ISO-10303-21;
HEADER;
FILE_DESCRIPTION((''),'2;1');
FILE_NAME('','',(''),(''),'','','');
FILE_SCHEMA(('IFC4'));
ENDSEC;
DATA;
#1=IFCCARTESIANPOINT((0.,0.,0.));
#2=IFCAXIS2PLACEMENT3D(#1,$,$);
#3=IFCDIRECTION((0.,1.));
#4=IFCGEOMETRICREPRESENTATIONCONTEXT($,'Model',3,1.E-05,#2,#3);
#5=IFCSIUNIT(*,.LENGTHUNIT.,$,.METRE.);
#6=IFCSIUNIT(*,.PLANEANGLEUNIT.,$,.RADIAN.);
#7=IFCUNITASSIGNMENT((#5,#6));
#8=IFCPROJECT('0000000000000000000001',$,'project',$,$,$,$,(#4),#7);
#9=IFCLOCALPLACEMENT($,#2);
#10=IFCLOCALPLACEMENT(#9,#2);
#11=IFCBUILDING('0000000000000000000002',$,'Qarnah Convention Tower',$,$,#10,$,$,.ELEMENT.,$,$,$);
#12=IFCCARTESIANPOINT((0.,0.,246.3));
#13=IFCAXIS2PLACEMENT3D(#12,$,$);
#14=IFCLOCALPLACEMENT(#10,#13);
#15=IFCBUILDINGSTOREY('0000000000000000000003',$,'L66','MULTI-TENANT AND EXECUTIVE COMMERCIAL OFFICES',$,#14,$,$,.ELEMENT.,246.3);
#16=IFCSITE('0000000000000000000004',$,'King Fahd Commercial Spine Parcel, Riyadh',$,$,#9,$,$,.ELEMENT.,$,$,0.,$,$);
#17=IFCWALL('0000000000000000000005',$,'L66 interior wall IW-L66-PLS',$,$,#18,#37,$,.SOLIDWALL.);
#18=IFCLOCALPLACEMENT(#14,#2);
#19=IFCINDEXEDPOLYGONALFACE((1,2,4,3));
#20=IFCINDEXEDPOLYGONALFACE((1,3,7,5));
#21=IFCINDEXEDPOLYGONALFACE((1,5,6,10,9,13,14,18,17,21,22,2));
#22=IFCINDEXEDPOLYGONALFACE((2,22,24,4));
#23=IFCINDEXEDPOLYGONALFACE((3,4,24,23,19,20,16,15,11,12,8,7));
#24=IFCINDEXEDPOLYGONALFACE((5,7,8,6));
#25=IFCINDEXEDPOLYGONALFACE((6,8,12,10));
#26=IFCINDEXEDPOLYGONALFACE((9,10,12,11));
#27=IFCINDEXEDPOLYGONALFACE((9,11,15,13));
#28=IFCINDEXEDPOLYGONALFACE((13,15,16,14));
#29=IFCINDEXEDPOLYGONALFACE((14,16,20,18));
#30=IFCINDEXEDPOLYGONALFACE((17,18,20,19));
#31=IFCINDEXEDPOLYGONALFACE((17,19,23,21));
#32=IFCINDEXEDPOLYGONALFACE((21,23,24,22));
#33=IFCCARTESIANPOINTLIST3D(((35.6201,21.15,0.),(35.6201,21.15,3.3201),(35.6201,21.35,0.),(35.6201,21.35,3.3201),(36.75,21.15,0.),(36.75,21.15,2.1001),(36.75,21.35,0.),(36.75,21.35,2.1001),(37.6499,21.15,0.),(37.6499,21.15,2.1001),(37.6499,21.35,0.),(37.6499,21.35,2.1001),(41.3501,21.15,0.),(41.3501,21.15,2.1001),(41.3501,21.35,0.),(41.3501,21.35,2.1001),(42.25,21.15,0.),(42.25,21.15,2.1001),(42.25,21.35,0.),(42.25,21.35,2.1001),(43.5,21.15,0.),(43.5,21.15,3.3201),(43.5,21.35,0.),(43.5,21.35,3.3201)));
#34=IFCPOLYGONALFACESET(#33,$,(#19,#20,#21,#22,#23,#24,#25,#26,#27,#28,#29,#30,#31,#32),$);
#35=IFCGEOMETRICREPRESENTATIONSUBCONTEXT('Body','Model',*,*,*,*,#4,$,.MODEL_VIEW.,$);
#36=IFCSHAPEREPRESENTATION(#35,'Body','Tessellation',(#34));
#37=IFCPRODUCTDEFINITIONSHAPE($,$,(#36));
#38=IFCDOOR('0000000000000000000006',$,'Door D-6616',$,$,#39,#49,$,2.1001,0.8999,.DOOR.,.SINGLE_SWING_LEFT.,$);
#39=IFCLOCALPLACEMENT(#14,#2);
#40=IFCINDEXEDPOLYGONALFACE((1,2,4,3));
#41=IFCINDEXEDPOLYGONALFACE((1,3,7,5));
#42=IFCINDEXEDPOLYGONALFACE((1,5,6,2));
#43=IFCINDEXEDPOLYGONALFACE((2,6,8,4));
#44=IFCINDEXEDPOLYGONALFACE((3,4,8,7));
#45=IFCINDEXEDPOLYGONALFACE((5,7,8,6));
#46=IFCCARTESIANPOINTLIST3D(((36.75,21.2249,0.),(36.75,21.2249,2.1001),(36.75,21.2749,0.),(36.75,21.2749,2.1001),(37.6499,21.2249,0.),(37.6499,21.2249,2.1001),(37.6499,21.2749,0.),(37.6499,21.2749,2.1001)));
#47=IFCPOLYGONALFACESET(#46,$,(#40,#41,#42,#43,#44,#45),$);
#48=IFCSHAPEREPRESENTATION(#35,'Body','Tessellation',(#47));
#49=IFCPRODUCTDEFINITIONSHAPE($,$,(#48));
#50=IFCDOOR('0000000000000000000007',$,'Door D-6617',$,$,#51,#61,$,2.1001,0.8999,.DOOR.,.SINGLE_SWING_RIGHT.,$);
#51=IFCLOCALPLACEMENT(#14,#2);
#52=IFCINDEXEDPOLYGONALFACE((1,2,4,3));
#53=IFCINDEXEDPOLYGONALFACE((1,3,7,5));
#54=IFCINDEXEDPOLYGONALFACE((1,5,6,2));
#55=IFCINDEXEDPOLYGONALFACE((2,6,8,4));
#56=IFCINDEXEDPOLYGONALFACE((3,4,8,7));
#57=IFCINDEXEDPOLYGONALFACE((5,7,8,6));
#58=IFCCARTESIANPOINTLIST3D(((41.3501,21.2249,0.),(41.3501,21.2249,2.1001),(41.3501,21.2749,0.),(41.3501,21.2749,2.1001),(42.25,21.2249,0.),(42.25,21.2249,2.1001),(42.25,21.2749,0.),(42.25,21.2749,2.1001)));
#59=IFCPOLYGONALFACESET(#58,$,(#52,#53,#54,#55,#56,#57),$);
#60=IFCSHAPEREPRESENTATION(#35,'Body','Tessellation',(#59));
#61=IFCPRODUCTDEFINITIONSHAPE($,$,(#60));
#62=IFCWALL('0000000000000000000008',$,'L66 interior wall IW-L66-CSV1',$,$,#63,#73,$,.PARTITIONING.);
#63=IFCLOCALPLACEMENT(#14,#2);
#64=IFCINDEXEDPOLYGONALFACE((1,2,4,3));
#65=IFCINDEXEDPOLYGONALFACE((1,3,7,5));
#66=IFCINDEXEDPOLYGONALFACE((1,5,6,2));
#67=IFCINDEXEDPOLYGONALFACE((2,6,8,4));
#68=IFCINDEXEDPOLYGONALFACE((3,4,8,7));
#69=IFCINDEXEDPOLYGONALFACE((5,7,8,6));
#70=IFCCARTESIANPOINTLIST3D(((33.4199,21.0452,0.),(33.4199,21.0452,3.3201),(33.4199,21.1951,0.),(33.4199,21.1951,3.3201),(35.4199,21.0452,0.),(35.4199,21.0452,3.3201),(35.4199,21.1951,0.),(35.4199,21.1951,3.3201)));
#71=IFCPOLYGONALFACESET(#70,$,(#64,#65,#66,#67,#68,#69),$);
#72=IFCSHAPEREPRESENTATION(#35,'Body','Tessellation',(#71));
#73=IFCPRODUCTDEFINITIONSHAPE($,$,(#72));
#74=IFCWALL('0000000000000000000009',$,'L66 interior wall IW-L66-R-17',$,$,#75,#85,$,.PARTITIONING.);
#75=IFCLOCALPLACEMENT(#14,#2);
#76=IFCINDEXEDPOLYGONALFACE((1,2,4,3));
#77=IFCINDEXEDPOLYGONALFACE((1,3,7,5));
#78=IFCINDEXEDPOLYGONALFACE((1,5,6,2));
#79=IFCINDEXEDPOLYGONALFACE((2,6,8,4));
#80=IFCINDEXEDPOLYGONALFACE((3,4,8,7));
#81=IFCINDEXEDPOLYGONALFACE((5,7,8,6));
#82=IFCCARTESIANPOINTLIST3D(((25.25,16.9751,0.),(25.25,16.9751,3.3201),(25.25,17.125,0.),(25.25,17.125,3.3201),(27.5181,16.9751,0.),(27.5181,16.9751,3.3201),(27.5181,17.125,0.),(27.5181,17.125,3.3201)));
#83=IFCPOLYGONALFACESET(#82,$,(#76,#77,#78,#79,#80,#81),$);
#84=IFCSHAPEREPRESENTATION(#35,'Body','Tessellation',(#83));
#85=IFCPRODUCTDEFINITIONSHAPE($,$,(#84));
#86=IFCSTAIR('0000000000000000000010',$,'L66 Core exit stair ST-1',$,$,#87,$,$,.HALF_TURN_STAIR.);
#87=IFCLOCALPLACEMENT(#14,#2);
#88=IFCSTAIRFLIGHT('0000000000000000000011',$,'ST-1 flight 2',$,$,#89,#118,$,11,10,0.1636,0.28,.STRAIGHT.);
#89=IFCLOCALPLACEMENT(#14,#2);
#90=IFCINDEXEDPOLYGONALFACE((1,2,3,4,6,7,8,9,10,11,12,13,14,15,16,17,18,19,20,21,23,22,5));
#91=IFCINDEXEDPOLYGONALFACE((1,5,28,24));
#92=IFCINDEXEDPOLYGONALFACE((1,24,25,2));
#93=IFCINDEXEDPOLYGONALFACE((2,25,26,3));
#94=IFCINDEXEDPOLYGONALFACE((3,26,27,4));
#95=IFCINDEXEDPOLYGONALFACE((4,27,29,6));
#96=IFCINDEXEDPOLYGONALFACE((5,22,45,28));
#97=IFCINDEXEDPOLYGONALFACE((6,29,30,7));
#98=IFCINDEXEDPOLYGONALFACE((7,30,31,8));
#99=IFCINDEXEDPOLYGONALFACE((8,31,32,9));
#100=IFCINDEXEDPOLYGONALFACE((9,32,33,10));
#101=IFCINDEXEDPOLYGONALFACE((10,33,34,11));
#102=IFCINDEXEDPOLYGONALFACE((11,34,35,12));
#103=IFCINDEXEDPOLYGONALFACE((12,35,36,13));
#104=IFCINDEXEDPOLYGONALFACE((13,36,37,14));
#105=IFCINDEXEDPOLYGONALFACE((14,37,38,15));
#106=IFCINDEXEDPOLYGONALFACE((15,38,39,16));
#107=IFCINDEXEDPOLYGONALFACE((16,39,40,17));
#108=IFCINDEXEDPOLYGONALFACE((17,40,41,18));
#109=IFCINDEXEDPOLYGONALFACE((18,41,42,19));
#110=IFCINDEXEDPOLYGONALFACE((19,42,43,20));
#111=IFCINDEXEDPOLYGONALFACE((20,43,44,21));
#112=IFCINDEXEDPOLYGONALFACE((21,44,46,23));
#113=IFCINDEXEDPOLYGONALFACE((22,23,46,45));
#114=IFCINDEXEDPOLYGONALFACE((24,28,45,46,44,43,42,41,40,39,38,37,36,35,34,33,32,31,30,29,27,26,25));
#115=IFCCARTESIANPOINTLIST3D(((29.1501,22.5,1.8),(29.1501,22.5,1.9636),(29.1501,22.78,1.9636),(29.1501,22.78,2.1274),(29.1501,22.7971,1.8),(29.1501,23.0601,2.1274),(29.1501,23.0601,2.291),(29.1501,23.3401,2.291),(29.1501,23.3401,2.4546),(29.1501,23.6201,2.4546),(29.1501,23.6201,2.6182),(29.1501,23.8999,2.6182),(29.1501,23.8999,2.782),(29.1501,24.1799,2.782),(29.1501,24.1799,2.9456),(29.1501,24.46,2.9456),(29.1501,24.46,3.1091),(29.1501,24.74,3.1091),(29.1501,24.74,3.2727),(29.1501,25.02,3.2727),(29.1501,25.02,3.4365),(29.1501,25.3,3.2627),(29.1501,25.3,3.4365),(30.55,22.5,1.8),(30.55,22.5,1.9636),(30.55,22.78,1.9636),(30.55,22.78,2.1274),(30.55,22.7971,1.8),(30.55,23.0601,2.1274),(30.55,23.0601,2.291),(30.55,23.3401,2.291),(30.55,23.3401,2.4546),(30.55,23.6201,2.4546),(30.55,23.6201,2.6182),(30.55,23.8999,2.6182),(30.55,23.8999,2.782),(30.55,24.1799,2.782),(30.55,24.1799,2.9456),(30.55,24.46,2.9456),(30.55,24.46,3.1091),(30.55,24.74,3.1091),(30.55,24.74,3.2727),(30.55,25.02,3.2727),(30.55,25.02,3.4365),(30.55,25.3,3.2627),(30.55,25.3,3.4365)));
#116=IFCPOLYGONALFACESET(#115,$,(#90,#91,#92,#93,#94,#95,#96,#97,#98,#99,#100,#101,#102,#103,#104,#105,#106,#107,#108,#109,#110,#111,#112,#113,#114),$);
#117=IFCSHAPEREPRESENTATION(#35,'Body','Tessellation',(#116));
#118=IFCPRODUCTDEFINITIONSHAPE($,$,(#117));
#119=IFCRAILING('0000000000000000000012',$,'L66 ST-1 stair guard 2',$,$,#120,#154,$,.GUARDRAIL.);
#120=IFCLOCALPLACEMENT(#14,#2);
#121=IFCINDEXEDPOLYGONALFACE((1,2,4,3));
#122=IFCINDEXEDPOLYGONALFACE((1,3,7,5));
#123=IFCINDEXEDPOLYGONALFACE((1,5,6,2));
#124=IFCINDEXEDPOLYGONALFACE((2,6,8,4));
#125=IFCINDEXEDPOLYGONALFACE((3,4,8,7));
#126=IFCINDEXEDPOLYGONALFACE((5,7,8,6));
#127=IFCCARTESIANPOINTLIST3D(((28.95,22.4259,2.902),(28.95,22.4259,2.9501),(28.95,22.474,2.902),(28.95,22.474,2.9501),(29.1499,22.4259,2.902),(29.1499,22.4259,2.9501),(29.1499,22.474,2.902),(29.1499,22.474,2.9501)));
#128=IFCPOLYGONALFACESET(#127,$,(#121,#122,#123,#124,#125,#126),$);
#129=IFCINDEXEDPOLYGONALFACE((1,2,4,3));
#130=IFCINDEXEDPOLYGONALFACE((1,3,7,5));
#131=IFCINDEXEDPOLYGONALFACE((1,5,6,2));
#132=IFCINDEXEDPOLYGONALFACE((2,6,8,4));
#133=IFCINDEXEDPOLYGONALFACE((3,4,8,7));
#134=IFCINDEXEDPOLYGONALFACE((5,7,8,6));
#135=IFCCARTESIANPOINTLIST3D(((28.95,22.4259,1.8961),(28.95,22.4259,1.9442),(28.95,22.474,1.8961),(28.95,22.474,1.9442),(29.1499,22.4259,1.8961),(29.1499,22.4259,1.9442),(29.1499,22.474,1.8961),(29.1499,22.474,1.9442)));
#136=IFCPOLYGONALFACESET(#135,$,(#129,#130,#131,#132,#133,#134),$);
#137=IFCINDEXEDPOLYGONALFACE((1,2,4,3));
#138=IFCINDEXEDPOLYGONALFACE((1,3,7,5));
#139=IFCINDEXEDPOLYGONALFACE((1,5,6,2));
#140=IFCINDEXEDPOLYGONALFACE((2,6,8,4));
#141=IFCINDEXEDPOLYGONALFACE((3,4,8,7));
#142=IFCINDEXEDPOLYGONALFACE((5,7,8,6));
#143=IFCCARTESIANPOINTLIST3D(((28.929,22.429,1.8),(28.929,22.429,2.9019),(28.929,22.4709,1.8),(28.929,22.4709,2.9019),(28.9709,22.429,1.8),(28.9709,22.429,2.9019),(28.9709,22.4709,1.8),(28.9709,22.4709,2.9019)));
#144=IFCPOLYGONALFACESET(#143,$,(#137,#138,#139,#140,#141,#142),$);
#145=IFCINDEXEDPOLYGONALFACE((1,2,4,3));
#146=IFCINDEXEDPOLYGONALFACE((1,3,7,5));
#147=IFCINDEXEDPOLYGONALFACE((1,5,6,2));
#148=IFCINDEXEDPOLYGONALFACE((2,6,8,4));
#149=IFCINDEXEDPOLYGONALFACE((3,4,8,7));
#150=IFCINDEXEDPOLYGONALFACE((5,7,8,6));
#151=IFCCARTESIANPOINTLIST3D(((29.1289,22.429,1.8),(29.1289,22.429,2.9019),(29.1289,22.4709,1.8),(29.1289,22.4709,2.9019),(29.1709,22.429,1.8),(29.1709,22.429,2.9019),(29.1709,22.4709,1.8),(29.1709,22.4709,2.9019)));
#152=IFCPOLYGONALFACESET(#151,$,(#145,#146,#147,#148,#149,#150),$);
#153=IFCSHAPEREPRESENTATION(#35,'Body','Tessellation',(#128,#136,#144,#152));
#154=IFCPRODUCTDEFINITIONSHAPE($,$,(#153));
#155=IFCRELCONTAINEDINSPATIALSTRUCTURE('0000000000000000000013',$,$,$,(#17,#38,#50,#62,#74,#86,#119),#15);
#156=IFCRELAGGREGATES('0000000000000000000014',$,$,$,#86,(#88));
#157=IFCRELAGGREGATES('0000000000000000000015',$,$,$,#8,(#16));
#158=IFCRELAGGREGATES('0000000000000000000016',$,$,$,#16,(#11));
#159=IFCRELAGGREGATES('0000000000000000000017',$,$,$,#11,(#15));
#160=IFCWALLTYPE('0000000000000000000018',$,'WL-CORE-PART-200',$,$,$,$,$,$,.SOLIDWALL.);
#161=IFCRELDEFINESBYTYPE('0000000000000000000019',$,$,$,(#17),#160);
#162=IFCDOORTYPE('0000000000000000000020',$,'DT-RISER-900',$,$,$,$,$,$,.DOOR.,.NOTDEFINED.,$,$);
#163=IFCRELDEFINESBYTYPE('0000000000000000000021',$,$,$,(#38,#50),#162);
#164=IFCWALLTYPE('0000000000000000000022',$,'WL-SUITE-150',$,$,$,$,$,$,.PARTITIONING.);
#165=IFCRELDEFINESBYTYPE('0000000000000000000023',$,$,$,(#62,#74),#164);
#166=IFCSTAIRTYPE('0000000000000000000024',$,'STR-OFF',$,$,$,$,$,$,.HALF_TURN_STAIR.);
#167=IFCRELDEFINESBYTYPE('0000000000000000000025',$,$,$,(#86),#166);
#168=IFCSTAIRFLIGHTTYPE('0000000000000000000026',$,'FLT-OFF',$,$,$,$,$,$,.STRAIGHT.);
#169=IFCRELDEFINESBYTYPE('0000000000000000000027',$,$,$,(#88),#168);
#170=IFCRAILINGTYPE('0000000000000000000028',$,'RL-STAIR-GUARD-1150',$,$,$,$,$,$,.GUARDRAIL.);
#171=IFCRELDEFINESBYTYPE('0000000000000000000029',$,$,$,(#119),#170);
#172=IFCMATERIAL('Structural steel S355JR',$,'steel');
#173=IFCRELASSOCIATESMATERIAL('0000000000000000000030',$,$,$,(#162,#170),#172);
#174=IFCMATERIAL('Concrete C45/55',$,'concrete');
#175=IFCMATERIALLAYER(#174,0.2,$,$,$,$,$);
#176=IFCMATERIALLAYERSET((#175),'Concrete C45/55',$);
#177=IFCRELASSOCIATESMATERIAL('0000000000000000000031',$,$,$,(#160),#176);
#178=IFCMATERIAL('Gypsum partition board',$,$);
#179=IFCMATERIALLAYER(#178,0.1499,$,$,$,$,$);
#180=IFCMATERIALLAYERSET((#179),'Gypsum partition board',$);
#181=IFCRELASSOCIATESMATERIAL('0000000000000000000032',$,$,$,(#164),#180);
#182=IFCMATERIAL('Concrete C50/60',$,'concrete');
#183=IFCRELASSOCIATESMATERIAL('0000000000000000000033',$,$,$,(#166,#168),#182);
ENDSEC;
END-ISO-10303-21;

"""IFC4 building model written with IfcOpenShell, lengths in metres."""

from ifc_helpers import new_model, si_unit, direction, frame, frame_2d, origin, origin_2d, place, context, subcontext, project, spatial, polyline, rectangle, outline, extrude, material, layer, layer_set, type_object, element, fill, aggregate, save


model = new_model("IFC4")

# Units and contexts
model_context = context("Model", 3, precision=1e-05, world=origin(), true_north=direction((0.0, 1.0)))
body_context = subcontext(model_context, "Body", "Model", "MODEL_VIEW")
ifc_project = project(units=[si_unit("LENGTHUNIT", "METRE"), si_unit("PLANEANGLEUNIT", "RADIAN")], contexts=[model_context])

# Site, building, storey
site_placement = place(None, origin())
site = spatial("IfcSite", under=ifc_project, at=site_placement, Name="King Fahd Commercial Spine Parcel, Riyadh", CompositionType="ELEMENT", RefElevation=0.0)
building_placement = place(site_placement, origin())
building = spatial("IfcBuilding", under=site, at=building_placement, Name="Qarnah Convention Tower", CompositionType="ELEMENT")
storey_placement = place(building_placement, frame((0.0, 0.0, 246.3)))
storey = spatial("IfcBuildingStorey", under=building, at=storey_placement, Name="L66", Description="MULTI-TENANT AND EXECUTIVE COMMERCIAL OFFICES", CompositionType="ELEMENT", Elevation=246.3)

# Shared definitions
ifc_material_1 = material(Name="Concrete C50/60", Category="concrete")

# Shared definitions
ifc_material_2 = material(Name="Structural steel S355JR", Category="steel")

# Shared definitions
door_type_1 = type_object("IfcDoorType", Name="DT-RISER-900", OperationType="NOTDEFINED", PredefinedType="DOOR", material=ifc_material_2)
ifc_material_3 = material(Name="Concrete C45/55", Category="concrete")
ifc_layer_1 = layer(ifc_material_3, 0.2)
ifc_layer_set_1 = layer_set([ifc_layer_1], Name="Concrete C45/55")
wall_type_1 = type_object("IfcWallType", Name="WL-CORE-PART-200", PredefinedType="SOLIDWALL", material=ifc_layer_set_1)

# Wall, openings, doors
wall_1_placement = place(storey_placement, frame((35.6201, 21.25, 0.0), z_axis=(0.0, 0.0, 1.0), x_axis=(1.0, 0.0, 0.0)))
wall_1 = element("IfcWall", 1, at=wall_1_placement, inside=storey, type_object=wall_type_1, Name="L66 interior wall IW-L66-PLS", PredefinedType="SOLIDWALL", context=body_context, shape_type="SweptSolid", body=[
    extrude(rectangle(XDim=7.8799, YDim=0.2, at=frame_2d((3.9399, 0.0))), origin(), (0.0, 0.0, 1.0), 3.3201),
])
opening_1_placement = place(wall_1_placement, frame((1.1299, 0.0, 0.0)))
opening_1 = element("IfcOpeningElement", 2, at=opening_1_placement, cuts=wall_1, PredefinedType="OPENING", context=body_context, shape_type="SweptSolid", body=[
    extrude(rectangle(XDim=0.8999, YDim=2.1001, at=frame_2d((0.45, 1.05))), frame((0.0, 0.1099, 0.0), z_axis=(0.0, -1.0, 0.0), x_axis=(1.0, 0.0, 0.0)), (0.0, 0.0, 1.0), 0.22),
])
opening_2_placement = place(wall_1_placement, frame((5.73, 0.0, 0.0)))
opening_2 = element("IfcOpeningElement", 3, at=opening_2_placement, cuts=wall_1, PredefinedType="OPENING", context=body_context, shape_type="SweptSolid", body=[
    extrude(rectangle(XDim=0.8999, YDim=2.1001, at=frame_2d((0.45, 1.05))), frame((0.0, 0.1099, 0.0), z_axis=(0.0, -1.0, 0.0), x_axis=(1.0, 0.0, 0.0)), (0.0, 0.0, 1.0), 0.22),
])
door_1_placement = place(opening_1_placement, origin())
door_1 = element("IfcDoor", 4, at=door_1_placement, inside=storey, type_object=door_type_1, Name="Door D-6616", OperationType="SINGLE_SWING_LEFT", OverallHeight=2.1001, OverallWidth=0.8999, PredefinedType="DOOR", context=body_context, shape_type="SweptSolid", body=[
    extrude(rectangle(XDim=0.8999, YDim=2.1001, at=frame_2d((0.45, 1.05))), frame((0.0, 0.0249, 0.0), z_axis=(0.0, -1.0, 0.0), x_axis=(1.0, 0.0, 0.0)), (0.0, 0.0, 1.0), 0.05),
])
fill(opening_1, door_1)
door_2_placement = place(opening_2_placement, origin())
door_2 = element("IfcDoor", 5, at=door_2_placement, inside=storey, type_object=door_type_1, Name="Door D-6617", OperationType="SINGLE_SWING_RIGHT", OverallHeight=2.1001, OverallWidth=0.8999, PredefinedType="DOOR", context=body_context, shape_type="SweptSolid", body=[
    extrude(rectangle(XDim=0.8999, YDim=2.1001, at=frame_2d((0.45, 1.05))), frame((0.0, 0.0249, 0.0), z_axis=(0.0, -1.0, 0.0), x_axis=(1.0, 0.0, 0.0)), (0.0, 0.0, 1.0), 0.05),
])
fill(opening_2, door_2)

# Walls
ifc_material_4 = material(Name="Gypsum partition board")
ifc_layer_2 = layer(ifc_material_4, 0.1499)
ifc_layer_set_2 = layer_set([ifc_layer_2], Name="Gypsum partition board")
wall_type_2 = type_object("IfcWallType", Name="WL-SUITE-150", PredefinedType="PARTITIONING", material=ifc_layer_set_2)
wall_2_placement = place(storey_placement, frame((33.4199, 21.1201, 0.0), z_axis=(0.0, 0.0, 1.0), x_axis=(1.0, 0.0, 0.0)))
element("IfcWall", 6, at=wall_2_placement, inside=storey, type_object=wall_type_2, Name="L66 interior wall IW-L66-CSV1", PredefinedType="PARTITIONING", context=body_context, shape_type="SweptSolid", body=[
    extrude(rectangle(XDim=2.0, YDim=0.1499, at=frame_2d((1.0, 0.0))), origin(), (0.0, 0.0, 1.0), 3.3201),
])
wall_3_placement = place(storey_placement, frame((27.5181, 17.05, 0.0), z_axis=(0.0, 0.0, 1.0), x_axis=(-1.0, 0.0, 0.0)))
element("IfcWall", 7, at=wall_3_placement, inside=storey, type_object=wall_type_2, Name="L66 interior wall IW-L66-R-17", PredefinedType="PARTITIONING", context=body_context, shape_type="SweptSolid", body=[
    extrude(rectangle(XDim=2.2681, YDim=0.1499, at=frame_2d((1.134, 0.0))), origin(), (0.0, 0.0, 1.0), 3.3201),
])

# Stair, stair flight
stair_type = type_object("IfcStairType", Name="STR-OFF", PredefinedType="HALF_TURN_STAIR", material=ifc_material_1)
stair_placement = place(storey_placement, origin())
stair = element("IfcStair", 8, at=stair_placement, inside=storey, type_object=stair_type, Name="L66 Core exit stair ST-1", PredefinedType="HALF_TURN_STAIR")
stair_flight_type = type_object("IfcStairFlightType", Name="FLT-OFF", PredefinedType="STRAIGHT", material=ifc_material_1)
stair_flight_placement = place(storey_placement, frame((29.8501, 22.5, 1.8), z_axis=(0.0, 0.0, 1.0), x_axis=(0.0, 1.0, 0.0)))
stair_flight = element("IfcStairFlight", 9, at=stair_flight_placement, type_object=stair_flight_type, Name="ST-1 flight 2", NumberOfRisers=11, NumberOfTreads=10, PredefinedType="STRAIGHT", RiserHeight=0.1636, TreadLength=0.28, context=body_context, shape_type="SweptSolid", body=[
    extrude(outline(polyline([(0.0, 0.0), (0.0, 0.1636), (0.28, 0.1636), (0.28, 0.3274), (0.5601, 0.3274), (0.5601, 0.491), (0.8401, 0.491), (0.8401, 0.6545), (1.1201, 0.6545), (1.1201, 0.8181), (1.3999, 0.8181), (1.3999, 0.9819), (1.6799, 0.9819), (1.6799, 1.1455), (1.96, 1.1455), (1.96, 1.3091), (2.24, 1.3091), (2.24, 1.4727), (2.52, 1.4727), (2.52, 1.6365), (2.8, 1.6365), (2.8, 1.8), (2.8, 1.4626), (0.2971, 0.0), (0.0, 0.0)])), frame((0.0, 0.7, 0.0), z_axis=(0.0, -1.0, 0.0), x_axis=(1.0, 0.0, 0.0)), (0.0, 0.0, 1.0), 1.3999),
])
aggregate(stair, [stair_flight])

# Railing
railing_type_1 = type_object("IfcRailingType", Name="RL-STAIR-GUARD-1150", PredefinedType="GUARDRAIL", material=ifc_material_2)
railing_1_placement = place(storey_placement, frame((28.95, 22.45, 1.8)))
element("IfcRailing", 10, at=railing_1_placement, inside=storey, type_object=railing_type_1, Name="L66 ST-1 stair guard 2", PredefinedType="GUARDRAIL", context=body_context, shape_type="SweptSolid", body=[
    extrude(rectangle(XDim=0.0481, YDim=0.0481, at=origin_2d()), frame((0.0, 0.0, 1.126), z_axis=(1.0, 0.0, 0.0), x_axis=(0.0, 1.0, 0.0)), (0.0, 0.0, 1.0), 0.2),
    extrude(rectangle(XDim=0.0481, YDim=0.0481, at=origin_2d()), frame((0.0, 0.0, 0.1201), z_axis=(1.0, 0.0, 0.0), x_axis=(0.0, 1.0, 0.0)), (0.0, 0.0, 1.0), 0.2),
    extrude(rectangle(XDim=0.042, YDim=0.042, at=origin_2d()), origin(), (0.0, 0.0, 1.0), 1.1018),
    extrude(rectangle(XDim=0.042, YDim=0.042, at=origin_2d()), frame((0.2, 0.0, 0.0)), (0.0, 0.0, 1.0), 1.1018),
])

save(model, "model.ifc")
